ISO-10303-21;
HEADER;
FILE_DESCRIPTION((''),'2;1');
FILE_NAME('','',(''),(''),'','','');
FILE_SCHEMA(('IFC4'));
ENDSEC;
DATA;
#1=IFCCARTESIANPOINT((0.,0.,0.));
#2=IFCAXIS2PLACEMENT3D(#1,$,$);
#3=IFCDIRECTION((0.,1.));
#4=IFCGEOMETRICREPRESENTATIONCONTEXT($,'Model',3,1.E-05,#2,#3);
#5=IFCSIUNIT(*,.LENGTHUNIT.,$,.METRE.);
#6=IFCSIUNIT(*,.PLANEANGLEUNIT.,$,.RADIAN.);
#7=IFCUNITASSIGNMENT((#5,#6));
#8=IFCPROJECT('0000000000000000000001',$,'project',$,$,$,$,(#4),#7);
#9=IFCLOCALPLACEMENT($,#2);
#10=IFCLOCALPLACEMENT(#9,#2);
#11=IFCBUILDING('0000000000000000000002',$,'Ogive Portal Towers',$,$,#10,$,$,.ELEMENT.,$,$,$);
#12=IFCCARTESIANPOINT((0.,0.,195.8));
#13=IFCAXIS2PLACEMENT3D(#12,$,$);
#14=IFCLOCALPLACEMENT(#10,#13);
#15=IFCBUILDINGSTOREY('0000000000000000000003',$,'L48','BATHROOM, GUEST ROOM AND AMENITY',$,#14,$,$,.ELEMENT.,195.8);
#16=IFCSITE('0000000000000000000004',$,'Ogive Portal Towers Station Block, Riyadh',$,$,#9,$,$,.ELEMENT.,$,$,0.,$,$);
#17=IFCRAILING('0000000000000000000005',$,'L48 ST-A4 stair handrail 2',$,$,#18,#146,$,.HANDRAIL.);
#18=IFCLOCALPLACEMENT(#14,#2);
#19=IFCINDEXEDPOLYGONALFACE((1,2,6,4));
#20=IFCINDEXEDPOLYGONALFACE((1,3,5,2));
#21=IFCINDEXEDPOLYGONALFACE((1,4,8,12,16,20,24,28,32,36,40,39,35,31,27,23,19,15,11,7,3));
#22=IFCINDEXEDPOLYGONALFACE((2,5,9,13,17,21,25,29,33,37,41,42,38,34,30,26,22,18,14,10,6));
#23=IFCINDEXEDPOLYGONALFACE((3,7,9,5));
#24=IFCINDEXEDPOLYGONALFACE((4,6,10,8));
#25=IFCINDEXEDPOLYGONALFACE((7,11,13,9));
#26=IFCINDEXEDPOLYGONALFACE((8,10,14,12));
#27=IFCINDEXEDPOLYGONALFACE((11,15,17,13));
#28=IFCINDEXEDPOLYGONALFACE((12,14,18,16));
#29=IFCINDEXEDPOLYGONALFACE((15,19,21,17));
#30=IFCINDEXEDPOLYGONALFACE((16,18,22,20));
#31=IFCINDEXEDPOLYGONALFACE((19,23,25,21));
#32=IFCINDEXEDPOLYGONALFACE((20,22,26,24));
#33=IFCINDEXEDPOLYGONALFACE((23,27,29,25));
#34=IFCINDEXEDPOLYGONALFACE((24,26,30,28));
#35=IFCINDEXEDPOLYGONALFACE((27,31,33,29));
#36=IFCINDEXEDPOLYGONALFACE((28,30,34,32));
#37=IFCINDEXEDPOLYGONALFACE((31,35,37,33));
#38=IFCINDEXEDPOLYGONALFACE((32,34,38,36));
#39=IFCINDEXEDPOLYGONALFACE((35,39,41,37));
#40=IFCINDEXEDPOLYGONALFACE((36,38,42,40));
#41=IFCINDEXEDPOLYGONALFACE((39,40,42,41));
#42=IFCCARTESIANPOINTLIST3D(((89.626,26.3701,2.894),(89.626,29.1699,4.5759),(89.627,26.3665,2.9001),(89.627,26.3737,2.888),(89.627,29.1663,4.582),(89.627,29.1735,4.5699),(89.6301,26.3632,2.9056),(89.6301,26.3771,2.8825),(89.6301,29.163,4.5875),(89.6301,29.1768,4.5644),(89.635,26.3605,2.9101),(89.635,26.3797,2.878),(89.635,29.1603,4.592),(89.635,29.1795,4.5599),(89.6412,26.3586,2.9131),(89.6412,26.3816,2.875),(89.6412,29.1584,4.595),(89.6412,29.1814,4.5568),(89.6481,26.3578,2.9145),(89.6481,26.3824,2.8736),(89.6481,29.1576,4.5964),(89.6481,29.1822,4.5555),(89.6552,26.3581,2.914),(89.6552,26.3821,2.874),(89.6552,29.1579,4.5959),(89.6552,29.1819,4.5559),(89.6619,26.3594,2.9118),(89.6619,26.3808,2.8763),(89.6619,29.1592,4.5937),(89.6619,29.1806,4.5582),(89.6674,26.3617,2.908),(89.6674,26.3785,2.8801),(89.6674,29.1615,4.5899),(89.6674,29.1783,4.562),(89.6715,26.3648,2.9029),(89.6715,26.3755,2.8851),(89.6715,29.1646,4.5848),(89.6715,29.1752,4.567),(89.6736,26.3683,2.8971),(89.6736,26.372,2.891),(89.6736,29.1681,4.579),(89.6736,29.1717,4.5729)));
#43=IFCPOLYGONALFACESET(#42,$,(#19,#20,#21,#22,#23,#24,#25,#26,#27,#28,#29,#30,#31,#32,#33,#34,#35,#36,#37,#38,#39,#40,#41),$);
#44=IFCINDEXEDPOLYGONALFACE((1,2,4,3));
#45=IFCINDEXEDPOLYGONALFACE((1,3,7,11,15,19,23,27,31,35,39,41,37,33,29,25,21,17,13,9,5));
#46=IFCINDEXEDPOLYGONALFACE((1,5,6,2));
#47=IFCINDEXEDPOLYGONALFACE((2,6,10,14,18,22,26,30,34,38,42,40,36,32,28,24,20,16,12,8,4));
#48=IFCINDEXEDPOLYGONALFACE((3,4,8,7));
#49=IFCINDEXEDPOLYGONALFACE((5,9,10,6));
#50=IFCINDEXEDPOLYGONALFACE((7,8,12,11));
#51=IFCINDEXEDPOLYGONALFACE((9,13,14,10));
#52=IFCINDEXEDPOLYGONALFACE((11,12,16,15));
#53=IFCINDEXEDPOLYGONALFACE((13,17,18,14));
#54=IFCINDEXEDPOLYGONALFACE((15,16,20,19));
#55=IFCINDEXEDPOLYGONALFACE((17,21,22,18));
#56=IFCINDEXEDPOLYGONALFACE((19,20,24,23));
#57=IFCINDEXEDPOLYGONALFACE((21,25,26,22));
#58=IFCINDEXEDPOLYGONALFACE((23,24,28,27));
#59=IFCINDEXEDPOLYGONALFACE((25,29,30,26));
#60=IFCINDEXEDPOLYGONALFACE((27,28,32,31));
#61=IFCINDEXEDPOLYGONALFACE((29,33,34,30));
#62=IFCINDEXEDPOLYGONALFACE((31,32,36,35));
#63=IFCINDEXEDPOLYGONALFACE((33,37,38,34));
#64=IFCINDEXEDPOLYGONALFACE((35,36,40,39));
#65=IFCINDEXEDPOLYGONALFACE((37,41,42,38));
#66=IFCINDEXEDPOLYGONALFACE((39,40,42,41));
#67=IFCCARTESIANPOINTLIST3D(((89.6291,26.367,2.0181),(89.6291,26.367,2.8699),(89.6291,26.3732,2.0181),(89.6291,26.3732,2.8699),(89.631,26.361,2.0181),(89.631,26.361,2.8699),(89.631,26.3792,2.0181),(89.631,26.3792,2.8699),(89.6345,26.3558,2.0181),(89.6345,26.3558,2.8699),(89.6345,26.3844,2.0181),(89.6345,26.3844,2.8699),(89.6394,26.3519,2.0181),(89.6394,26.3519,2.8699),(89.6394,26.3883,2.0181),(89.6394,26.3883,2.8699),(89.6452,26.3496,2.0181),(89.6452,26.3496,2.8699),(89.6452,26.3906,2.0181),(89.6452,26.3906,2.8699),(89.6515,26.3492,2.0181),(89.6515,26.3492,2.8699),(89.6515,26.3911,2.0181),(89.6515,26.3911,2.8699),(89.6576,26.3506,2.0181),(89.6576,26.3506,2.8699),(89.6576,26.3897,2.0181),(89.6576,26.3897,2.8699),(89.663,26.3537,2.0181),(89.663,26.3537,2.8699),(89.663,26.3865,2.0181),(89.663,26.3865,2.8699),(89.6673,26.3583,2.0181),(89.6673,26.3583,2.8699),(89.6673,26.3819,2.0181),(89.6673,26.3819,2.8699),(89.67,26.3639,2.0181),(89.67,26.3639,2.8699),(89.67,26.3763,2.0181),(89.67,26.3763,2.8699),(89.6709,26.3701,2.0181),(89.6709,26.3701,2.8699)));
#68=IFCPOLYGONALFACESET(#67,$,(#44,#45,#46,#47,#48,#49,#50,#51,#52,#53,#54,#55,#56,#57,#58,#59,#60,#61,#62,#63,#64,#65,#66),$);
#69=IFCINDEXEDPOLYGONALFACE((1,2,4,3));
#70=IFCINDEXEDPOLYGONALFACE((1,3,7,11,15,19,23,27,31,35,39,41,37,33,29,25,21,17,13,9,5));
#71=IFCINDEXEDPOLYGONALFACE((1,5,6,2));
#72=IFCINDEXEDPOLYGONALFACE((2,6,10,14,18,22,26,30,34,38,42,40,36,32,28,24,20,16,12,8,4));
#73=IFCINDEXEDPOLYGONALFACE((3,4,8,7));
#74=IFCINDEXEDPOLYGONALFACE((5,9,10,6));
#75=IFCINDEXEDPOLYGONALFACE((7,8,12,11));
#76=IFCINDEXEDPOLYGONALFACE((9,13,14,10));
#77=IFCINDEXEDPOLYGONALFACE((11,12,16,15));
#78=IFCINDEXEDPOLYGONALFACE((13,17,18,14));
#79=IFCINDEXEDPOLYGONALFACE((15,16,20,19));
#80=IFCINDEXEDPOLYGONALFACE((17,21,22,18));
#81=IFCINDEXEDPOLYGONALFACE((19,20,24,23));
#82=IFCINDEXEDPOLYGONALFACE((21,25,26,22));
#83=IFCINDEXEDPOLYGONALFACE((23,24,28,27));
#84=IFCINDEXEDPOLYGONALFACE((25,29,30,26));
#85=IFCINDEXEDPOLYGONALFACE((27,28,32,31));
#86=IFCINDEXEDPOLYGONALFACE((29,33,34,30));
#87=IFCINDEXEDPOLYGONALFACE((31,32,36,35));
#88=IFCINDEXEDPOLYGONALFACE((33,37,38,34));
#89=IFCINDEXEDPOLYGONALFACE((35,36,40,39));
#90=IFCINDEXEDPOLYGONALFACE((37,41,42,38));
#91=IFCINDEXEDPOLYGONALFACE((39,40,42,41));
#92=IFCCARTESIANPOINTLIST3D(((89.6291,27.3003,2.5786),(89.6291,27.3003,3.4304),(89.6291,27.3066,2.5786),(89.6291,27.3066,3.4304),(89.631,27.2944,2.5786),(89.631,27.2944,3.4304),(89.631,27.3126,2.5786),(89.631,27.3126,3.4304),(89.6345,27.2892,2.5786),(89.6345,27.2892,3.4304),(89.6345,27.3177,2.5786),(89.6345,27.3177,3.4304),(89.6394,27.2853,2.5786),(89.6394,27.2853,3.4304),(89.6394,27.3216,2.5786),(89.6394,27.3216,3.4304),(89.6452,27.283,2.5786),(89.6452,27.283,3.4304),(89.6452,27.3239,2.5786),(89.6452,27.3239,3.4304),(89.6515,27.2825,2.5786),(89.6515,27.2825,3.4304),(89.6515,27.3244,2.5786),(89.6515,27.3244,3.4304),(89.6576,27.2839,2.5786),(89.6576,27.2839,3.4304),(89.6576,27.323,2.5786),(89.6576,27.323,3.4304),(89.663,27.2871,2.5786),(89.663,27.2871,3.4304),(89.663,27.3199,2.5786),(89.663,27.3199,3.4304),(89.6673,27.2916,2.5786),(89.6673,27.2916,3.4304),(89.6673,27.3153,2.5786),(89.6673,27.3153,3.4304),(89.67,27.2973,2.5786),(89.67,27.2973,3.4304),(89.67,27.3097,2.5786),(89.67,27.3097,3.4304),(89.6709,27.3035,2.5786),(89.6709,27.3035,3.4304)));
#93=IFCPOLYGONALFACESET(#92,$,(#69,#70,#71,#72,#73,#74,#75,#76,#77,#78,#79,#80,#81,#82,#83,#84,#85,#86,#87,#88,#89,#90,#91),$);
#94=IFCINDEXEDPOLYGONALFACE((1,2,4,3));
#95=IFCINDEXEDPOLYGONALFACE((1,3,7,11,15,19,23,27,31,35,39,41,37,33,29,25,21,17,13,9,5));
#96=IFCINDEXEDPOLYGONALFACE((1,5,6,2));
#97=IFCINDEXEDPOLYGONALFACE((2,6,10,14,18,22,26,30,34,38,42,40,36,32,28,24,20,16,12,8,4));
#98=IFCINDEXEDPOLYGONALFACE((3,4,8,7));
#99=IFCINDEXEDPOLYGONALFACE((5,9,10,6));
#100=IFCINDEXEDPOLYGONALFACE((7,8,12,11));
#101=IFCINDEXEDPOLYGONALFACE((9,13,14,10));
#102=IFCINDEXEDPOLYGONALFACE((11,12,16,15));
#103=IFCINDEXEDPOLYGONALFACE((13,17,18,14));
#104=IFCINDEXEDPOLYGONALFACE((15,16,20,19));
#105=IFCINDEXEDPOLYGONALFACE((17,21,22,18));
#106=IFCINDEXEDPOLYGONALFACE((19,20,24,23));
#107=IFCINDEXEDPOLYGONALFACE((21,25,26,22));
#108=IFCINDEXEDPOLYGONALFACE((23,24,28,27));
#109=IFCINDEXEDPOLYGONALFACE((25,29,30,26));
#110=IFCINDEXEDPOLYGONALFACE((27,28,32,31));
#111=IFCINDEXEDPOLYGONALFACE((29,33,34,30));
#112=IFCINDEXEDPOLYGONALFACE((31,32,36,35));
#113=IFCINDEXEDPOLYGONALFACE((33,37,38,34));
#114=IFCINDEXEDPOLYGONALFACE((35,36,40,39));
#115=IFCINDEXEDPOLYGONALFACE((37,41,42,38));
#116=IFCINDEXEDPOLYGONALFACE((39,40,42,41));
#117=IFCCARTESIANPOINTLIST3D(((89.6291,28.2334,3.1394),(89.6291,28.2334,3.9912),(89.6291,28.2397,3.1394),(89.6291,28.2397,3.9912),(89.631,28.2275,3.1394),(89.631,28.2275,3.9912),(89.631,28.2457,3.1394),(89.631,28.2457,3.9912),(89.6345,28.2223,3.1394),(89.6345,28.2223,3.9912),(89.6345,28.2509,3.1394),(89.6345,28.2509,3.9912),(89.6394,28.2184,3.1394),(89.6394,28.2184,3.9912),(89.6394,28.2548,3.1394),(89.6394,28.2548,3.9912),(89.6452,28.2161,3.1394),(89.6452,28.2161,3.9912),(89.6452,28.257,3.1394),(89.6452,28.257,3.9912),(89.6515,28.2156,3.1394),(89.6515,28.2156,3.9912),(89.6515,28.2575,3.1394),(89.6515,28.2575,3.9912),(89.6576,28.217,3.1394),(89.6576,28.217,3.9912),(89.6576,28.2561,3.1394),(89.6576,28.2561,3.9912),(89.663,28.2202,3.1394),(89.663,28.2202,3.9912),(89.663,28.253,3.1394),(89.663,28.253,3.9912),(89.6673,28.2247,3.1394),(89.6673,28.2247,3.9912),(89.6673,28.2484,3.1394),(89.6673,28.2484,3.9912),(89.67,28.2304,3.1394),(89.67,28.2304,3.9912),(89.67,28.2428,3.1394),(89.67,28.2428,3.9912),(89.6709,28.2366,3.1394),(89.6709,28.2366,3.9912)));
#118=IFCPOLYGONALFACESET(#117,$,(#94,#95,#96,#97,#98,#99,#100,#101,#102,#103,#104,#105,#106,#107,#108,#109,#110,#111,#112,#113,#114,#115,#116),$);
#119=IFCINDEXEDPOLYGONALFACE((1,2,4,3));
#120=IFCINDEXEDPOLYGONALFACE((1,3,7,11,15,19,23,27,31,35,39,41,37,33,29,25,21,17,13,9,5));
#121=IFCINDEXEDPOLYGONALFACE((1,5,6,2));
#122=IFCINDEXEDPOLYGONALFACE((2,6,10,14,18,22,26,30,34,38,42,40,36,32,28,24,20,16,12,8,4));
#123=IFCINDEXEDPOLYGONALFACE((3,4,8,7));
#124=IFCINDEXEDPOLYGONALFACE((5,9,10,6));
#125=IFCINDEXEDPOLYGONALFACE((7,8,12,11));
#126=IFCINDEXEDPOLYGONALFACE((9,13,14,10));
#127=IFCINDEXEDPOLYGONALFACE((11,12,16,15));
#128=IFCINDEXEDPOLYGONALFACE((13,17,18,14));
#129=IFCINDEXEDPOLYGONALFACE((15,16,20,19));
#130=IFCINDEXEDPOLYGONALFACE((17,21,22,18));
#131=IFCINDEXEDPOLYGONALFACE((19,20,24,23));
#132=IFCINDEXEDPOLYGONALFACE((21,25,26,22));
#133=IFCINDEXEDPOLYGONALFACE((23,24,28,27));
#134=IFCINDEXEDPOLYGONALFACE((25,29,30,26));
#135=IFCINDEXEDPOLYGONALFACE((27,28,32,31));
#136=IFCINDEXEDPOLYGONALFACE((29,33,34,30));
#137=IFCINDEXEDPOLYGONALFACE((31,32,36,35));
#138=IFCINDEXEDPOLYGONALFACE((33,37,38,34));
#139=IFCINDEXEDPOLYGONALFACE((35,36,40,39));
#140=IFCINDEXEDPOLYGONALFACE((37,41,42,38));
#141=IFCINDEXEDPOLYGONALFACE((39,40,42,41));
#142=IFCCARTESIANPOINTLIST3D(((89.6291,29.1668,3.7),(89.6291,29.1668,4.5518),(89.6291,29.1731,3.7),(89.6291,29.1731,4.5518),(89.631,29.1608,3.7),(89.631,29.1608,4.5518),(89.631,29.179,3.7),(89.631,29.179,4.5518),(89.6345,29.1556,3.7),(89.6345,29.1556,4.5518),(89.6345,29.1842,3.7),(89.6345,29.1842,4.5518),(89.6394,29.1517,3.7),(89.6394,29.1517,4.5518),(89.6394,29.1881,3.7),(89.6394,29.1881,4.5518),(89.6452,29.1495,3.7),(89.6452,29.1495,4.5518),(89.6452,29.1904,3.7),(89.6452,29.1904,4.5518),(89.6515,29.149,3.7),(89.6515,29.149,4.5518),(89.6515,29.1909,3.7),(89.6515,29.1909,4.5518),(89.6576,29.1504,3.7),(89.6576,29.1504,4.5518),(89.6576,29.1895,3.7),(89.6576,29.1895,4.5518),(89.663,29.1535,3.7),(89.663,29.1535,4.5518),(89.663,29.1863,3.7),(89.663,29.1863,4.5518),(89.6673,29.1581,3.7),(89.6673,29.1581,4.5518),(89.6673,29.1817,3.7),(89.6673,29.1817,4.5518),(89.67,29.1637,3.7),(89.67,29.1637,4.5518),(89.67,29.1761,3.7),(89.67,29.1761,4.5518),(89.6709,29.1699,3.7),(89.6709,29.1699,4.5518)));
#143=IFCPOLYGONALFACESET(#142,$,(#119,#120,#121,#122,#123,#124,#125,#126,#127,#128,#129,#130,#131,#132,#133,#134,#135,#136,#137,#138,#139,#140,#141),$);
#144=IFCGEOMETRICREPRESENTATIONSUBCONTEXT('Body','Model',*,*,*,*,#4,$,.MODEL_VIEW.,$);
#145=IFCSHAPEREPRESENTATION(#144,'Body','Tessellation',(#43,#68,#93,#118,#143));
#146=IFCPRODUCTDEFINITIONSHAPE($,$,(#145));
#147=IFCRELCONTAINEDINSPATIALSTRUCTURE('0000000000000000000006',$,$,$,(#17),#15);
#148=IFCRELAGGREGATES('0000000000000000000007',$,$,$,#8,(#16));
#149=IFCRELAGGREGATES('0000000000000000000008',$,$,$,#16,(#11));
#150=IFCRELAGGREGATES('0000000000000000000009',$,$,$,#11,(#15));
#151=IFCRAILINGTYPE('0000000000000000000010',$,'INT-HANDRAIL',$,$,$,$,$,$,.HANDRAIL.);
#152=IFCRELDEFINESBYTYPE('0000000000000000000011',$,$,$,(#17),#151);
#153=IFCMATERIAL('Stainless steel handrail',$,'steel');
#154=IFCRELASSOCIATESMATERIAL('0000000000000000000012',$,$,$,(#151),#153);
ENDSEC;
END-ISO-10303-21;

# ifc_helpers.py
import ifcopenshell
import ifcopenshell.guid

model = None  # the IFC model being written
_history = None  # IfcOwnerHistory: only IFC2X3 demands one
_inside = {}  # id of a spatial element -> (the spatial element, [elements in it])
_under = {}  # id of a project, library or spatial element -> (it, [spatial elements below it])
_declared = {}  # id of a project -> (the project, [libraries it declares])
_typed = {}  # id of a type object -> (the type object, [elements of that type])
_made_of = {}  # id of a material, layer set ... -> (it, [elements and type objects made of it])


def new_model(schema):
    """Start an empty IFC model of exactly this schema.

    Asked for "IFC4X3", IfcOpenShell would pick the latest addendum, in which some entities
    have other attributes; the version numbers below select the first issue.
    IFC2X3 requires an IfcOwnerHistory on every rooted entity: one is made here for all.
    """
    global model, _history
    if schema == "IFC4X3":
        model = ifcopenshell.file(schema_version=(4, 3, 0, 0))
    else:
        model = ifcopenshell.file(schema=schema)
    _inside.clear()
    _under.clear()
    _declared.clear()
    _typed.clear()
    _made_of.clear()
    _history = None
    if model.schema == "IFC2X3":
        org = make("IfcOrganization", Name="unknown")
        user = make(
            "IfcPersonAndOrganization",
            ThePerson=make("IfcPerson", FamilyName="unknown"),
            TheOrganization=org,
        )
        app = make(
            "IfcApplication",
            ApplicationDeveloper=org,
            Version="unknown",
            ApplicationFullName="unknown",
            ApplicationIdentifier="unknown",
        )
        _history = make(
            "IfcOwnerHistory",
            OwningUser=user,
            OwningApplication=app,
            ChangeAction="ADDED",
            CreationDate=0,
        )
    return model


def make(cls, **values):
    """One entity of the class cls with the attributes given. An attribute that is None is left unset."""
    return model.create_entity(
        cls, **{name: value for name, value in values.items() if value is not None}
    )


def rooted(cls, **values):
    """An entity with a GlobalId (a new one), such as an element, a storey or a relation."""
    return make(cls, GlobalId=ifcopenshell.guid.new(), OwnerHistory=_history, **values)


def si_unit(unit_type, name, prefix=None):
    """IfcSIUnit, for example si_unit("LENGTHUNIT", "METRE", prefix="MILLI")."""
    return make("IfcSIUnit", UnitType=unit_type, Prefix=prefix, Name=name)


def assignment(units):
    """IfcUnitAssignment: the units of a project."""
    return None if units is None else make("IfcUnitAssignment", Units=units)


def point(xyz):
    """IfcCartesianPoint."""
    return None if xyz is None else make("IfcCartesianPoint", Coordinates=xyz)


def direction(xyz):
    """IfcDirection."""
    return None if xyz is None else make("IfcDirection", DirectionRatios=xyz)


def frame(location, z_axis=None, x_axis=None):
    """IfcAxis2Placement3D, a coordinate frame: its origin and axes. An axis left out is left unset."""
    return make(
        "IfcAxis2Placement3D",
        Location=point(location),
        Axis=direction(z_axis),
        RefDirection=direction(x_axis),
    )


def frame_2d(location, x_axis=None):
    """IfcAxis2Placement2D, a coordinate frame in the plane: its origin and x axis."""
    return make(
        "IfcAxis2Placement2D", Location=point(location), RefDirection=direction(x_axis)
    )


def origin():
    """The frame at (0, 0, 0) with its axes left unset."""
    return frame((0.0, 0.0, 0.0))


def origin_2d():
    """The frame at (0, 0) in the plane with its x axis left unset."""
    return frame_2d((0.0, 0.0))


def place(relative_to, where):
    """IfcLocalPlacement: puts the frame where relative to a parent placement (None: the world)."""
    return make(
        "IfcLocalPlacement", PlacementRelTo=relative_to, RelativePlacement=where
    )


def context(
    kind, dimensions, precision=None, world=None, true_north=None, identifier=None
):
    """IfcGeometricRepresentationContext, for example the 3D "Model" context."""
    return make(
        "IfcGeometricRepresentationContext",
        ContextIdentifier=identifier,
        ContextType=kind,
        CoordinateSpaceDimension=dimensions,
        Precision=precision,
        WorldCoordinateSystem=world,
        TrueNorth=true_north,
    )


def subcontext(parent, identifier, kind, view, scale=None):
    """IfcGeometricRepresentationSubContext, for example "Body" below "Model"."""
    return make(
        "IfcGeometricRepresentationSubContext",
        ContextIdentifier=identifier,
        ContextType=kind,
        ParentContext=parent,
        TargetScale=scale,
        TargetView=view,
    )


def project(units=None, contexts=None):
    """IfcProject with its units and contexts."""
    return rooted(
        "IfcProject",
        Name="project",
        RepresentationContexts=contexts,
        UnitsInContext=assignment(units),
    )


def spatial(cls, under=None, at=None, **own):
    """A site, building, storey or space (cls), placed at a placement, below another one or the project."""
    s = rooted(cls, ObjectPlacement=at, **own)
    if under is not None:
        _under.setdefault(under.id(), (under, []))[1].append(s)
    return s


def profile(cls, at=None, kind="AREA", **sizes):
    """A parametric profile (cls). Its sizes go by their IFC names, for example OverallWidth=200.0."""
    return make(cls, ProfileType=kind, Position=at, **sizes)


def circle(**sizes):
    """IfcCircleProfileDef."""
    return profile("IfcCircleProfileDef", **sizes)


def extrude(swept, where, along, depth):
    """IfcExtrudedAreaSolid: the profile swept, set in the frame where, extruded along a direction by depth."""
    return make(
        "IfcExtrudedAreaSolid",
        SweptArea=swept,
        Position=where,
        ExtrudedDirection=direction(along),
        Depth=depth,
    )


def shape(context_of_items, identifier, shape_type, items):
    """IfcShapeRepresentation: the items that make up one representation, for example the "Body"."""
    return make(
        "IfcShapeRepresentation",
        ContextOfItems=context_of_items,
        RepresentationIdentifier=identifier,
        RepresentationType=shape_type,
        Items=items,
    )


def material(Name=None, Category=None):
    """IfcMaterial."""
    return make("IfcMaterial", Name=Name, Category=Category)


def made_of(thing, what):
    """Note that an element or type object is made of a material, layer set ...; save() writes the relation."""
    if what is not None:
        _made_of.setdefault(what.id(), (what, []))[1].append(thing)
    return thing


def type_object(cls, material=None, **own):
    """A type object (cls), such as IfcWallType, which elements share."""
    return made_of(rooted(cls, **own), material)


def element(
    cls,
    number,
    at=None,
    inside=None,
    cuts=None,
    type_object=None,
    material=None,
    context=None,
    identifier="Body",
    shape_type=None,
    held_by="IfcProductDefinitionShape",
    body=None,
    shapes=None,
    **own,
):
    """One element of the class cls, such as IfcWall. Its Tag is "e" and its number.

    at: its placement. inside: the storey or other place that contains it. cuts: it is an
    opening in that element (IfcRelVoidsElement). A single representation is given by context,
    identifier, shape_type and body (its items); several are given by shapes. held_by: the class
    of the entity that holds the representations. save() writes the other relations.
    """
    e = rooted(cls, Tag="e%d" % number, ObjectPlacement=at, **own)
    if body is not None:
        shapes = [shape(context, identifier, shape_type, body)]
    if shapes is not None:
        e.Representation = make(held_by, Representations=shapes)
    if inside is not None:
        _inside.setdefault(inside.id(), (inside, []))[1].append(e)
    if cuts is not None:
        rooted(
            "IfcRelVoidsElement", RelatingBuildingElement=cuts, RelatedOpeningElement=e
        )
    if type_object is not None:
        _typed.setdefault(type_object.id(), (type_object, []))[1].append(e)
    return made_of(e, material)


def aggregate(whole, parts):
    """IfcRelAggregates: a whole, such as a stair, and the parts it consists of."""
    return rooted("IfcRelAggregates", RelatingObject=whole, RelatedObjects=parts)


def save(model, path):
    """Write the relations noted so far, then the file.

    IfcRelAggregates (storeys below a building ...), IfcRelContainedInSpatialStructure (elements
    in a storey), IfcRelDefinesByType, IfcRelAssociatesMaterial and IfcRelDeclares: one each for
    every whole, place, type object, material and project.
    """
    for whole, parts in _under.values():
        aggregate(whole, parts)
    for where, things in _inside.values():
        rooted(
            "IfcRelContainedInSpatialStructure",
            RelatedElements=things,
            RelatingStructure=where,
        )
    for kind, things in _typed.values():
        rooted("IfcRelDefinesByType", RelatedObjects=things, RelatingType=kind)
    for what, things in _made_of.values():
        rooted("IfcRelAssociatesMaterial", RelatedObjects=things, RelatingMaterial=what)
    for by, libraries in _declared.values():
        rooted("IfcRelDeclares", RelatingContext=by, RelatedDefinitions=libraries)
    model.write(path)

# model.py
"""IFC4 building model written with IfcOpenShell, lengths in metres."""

from ifc_helpers import new_model, si_unit, direction, frame, origin, origin_2d, place, context, subcontext, project, spatial, circle, extrude, material, type_object, element, save


model = new_model("IFC4")

# Units and contexts
model_context = context("Model", 3, precision=1e-05, world=origin(), true_north=direction((0.0, 1.0)))
body_context = subcontext(model_context, "Body", "Model", "MODEL_VIEW")
ifc_project = project(units=[si_unit("LENGTHUNIT", "METRE"), si_unit("PLANEANGLEUNIT", "RADIAN")], contexts=[model_context])

# Site, building, storey
site_placement = place(None, origin())
site = spatial("IfcSite", under=ifc_project, at=site_placement, Name="Ogive Portal Towers Station Block, Riyadh", CompositionType="ELEMENT", RefElevation=0.0)
building_placement = place(site_placement, origin())
building = spatial("IfcBuilding", under=site, at=building_placement, Name="Ogive Portal Towers", CompositionType="ELEMENT")
storey_placement = place(building_placement, frame((0.0, 0.0, 195.8)))
storey = spatial("IfcBuildingStorey", under=building, at=storey_placement, Name="L48", Description="BATHROOM, GUEST ROOM AND AMENITY", CompositionType="ELEMENT", Elevation=195.8)

# Railing
ifc_material_1 = material(Name="Stainless steel handrail", Category="steel")
railing_type_1 = type_object("IfcRailingType", Name="INT-HANDRAIL", PredefinedType="HANDRAIL", material=ifc_material_1)
railing_1_placement = place(storey_placement, frame((89.6499, 26.3701, 2.0181)))
element("IfcRailing", 1, at=railing_1_placement, inside=storey, type_object=railing_type_1, Name="L48 ST-A4 stair handrail 2", PredefinedType="HANDRAIL", context=body_context, shape_type="SweptSolid", body=[
    extrude(circle(Radius=0.0239, at=origin_2d()), frame((0.0, 0.0, 0.876), z_axis=(0.0, 0.857222, 0.514946), x_axis=(-1.0, 0.0, 0.0)), (0.0, 0.0, 1.0), 3.2661),
    extrude(circle(Radius=0.021, at=origin_2d()), origin(), (0.0, 0.0, 1.0), 0.8518),
    extrude(circle(Radius=0.021, at=origin_2d()), frame((0.0, 0.9333, 0.5605)), (0.0, 0.0, 1.0), 0.8518),
    extrude(circle(Radius=0.021, at=origin_2d()), frame((0.0, 1.8665, 1.1213)), (0.0, 0.0, 1.0), 0.8518),
    extrude(circle(Radius=0.021, at=origin_2d()), frame((0.0, 2.7998, 1.6819)), (0.0, 0.0, 1.0), 0.8518),
])

save(model, "model.ifc")
